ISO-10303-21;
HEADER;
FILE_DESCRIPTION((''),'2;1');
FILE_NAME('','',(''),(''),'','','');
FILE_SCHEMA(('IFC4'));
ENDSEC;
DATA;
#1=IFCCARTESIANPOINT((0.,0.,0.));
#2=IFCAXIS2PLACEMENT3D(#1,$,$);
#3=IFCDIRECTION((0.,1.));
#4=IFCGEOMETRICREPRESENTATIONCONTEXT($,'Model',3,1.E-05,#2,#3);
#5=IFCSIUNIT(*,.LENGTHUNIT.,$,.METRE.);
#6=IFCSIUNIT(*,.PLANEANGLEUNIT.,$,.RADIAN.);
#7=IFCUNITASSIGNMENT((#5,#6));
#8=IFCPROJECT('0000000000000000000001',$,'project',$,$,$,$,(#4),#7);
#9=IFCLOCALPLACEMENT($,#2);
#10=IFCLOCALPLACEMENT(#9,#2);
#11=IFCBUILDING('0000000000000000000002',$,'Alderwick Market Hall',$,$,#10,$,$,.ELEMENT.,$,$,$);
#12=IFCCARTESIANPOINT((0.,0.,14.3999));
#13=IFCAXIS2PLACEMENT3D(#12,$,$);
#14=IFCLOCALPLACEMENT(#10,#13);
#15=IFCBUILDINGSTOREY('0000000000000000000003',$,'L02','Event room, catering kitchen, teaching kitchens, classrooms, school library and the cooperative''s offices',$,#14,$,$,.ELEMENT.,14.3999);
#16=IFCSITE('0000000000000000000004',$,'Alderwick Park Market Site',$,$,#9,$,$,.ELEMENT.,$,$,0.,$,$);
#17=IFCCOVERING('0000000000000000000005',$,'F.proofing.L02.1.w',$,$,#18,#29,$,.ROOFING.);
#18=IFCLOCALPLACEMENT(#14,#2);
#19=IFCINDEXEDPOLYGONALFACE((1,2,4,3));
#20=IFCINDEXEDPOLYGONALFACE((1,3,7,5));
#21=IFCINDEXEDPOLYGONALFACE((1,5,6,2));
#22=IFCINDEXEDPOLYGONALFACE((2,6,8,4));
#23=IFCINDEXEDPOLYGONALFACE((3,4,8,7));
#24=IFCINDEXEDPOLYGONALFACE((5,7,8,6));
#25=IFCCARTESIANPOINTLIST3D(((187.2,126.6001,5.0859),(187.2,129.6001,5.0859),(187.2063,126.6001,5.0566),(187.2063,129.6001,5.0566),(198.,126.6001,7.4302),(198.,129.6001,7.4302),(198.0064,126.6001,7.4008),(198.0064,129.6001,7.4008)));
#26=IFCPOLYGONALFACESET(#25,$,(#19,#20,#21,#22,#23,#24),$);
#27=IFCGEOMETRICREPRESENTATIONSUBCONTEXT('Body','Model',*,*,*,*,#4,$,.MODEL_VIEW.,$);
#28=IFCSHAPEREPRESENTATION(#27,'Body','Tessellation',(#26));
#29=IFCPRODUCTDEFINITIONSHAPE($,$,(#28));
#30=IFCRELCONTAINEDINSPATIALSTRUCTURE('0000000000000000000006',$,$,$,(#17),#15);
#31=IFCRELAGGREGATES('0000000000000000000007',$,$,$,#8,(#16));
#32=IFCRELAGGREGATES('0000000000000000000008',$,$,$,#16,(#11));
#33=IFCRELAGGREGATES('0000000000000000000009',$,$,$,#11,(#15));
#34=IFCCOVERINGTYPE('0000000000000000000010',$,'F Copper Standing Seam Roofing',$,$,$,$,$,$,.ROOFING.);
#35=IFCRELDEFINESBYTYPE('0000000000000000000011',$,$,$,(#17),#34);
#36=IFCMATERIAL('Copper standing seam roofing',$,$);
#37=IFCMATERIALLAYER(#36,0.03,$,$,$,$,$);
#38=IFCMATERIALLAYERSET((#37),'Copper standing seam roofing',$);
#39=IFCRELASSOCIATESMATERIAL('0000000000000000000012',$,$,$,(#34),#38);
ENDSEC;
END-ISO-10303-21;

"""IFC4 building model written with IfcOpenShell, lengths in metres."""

from ifc_helpers import new_model, si_unit, direction, frame, origin, place, context, subcontext, project, spatial, polyline, outline, extrude, material, layer, layer_set, type_object, element, save


model = new_model("IFC4")

# Units and contexts
model_context = context("Model", 3, precision=1e-05, world=origin(), true_north=direction((0.0, 1.0)))
body_context = subcontext(model_context, "Body", "Model", "MODEL_VIEW")
ifc_project = project(units=[si_unit("LENGTHUNIT", "METRE"), si_unit("PLANEANGLEUNIT", "RADIAN")], contexts=[model_context])

# Site, building, storey
site_placement = place(None, origin())
site = spatial("IfcSite", under=ifc_project, at=site_placement, Name="Alderwick Park Market Site", CompositionType="ELEMENT", RefElevation=0.0)
building_placement = place(site_placement, origin())
building = spatial("IfcBuilding", under=site, at=building_placement, Name="Alderwick Market Hall", CompositionType="ELEMENT")
storey_placement = place(building_placement, frame((0.0, 0.0, 14.3999)))
storey = spatial("IfcBuildingStorey", under=building, at=storey_placement, Name="L02", Description="Event room, catering kitchen, teaching kitchens, classrooms, school library and the cooperative's offices", CompositionType="ELEMENT", Elevation=14.3999)

# Covering
ifc_material_1 = material(Name="Copper standing seam roofing")
ifc_layer_1 = layer(ifc_material_1, 0.03)
ifc_layer_set_1 = layer_set([ifc_layer_1], Name="Copper standing seam roofing")
covering_type = type_object("IfcCoveringType", Name="F Copper Standing Seam Roofing", PredefinedType="ROOFING", material=ifc_layer_set_1)
covering_placement = place(storey_placement, frame((187.2, 126.6001, 5.0859), z_axis=(-0.212119, 0.0, 0.977244), x_axis=(0.0, 1.0, 0.0)))
element("IfcCovering", 1, at=covering_placement, inside=storey, type_object=covering_type, Name="F.proofing.L02.1.w", PredefinedType="ROOFING", context=body_context, shape_type="SweptSolid", body=[
    extrude(outline(polyline([(0.0, 0.0), (3.0, 0.0), (3.0, -11.0515), (0.0, -11.0515), (0.0, 0.0)])), origin(), (0.0, 0.0, -1.0), 0.03),
])

save(model, "model.ifc")
